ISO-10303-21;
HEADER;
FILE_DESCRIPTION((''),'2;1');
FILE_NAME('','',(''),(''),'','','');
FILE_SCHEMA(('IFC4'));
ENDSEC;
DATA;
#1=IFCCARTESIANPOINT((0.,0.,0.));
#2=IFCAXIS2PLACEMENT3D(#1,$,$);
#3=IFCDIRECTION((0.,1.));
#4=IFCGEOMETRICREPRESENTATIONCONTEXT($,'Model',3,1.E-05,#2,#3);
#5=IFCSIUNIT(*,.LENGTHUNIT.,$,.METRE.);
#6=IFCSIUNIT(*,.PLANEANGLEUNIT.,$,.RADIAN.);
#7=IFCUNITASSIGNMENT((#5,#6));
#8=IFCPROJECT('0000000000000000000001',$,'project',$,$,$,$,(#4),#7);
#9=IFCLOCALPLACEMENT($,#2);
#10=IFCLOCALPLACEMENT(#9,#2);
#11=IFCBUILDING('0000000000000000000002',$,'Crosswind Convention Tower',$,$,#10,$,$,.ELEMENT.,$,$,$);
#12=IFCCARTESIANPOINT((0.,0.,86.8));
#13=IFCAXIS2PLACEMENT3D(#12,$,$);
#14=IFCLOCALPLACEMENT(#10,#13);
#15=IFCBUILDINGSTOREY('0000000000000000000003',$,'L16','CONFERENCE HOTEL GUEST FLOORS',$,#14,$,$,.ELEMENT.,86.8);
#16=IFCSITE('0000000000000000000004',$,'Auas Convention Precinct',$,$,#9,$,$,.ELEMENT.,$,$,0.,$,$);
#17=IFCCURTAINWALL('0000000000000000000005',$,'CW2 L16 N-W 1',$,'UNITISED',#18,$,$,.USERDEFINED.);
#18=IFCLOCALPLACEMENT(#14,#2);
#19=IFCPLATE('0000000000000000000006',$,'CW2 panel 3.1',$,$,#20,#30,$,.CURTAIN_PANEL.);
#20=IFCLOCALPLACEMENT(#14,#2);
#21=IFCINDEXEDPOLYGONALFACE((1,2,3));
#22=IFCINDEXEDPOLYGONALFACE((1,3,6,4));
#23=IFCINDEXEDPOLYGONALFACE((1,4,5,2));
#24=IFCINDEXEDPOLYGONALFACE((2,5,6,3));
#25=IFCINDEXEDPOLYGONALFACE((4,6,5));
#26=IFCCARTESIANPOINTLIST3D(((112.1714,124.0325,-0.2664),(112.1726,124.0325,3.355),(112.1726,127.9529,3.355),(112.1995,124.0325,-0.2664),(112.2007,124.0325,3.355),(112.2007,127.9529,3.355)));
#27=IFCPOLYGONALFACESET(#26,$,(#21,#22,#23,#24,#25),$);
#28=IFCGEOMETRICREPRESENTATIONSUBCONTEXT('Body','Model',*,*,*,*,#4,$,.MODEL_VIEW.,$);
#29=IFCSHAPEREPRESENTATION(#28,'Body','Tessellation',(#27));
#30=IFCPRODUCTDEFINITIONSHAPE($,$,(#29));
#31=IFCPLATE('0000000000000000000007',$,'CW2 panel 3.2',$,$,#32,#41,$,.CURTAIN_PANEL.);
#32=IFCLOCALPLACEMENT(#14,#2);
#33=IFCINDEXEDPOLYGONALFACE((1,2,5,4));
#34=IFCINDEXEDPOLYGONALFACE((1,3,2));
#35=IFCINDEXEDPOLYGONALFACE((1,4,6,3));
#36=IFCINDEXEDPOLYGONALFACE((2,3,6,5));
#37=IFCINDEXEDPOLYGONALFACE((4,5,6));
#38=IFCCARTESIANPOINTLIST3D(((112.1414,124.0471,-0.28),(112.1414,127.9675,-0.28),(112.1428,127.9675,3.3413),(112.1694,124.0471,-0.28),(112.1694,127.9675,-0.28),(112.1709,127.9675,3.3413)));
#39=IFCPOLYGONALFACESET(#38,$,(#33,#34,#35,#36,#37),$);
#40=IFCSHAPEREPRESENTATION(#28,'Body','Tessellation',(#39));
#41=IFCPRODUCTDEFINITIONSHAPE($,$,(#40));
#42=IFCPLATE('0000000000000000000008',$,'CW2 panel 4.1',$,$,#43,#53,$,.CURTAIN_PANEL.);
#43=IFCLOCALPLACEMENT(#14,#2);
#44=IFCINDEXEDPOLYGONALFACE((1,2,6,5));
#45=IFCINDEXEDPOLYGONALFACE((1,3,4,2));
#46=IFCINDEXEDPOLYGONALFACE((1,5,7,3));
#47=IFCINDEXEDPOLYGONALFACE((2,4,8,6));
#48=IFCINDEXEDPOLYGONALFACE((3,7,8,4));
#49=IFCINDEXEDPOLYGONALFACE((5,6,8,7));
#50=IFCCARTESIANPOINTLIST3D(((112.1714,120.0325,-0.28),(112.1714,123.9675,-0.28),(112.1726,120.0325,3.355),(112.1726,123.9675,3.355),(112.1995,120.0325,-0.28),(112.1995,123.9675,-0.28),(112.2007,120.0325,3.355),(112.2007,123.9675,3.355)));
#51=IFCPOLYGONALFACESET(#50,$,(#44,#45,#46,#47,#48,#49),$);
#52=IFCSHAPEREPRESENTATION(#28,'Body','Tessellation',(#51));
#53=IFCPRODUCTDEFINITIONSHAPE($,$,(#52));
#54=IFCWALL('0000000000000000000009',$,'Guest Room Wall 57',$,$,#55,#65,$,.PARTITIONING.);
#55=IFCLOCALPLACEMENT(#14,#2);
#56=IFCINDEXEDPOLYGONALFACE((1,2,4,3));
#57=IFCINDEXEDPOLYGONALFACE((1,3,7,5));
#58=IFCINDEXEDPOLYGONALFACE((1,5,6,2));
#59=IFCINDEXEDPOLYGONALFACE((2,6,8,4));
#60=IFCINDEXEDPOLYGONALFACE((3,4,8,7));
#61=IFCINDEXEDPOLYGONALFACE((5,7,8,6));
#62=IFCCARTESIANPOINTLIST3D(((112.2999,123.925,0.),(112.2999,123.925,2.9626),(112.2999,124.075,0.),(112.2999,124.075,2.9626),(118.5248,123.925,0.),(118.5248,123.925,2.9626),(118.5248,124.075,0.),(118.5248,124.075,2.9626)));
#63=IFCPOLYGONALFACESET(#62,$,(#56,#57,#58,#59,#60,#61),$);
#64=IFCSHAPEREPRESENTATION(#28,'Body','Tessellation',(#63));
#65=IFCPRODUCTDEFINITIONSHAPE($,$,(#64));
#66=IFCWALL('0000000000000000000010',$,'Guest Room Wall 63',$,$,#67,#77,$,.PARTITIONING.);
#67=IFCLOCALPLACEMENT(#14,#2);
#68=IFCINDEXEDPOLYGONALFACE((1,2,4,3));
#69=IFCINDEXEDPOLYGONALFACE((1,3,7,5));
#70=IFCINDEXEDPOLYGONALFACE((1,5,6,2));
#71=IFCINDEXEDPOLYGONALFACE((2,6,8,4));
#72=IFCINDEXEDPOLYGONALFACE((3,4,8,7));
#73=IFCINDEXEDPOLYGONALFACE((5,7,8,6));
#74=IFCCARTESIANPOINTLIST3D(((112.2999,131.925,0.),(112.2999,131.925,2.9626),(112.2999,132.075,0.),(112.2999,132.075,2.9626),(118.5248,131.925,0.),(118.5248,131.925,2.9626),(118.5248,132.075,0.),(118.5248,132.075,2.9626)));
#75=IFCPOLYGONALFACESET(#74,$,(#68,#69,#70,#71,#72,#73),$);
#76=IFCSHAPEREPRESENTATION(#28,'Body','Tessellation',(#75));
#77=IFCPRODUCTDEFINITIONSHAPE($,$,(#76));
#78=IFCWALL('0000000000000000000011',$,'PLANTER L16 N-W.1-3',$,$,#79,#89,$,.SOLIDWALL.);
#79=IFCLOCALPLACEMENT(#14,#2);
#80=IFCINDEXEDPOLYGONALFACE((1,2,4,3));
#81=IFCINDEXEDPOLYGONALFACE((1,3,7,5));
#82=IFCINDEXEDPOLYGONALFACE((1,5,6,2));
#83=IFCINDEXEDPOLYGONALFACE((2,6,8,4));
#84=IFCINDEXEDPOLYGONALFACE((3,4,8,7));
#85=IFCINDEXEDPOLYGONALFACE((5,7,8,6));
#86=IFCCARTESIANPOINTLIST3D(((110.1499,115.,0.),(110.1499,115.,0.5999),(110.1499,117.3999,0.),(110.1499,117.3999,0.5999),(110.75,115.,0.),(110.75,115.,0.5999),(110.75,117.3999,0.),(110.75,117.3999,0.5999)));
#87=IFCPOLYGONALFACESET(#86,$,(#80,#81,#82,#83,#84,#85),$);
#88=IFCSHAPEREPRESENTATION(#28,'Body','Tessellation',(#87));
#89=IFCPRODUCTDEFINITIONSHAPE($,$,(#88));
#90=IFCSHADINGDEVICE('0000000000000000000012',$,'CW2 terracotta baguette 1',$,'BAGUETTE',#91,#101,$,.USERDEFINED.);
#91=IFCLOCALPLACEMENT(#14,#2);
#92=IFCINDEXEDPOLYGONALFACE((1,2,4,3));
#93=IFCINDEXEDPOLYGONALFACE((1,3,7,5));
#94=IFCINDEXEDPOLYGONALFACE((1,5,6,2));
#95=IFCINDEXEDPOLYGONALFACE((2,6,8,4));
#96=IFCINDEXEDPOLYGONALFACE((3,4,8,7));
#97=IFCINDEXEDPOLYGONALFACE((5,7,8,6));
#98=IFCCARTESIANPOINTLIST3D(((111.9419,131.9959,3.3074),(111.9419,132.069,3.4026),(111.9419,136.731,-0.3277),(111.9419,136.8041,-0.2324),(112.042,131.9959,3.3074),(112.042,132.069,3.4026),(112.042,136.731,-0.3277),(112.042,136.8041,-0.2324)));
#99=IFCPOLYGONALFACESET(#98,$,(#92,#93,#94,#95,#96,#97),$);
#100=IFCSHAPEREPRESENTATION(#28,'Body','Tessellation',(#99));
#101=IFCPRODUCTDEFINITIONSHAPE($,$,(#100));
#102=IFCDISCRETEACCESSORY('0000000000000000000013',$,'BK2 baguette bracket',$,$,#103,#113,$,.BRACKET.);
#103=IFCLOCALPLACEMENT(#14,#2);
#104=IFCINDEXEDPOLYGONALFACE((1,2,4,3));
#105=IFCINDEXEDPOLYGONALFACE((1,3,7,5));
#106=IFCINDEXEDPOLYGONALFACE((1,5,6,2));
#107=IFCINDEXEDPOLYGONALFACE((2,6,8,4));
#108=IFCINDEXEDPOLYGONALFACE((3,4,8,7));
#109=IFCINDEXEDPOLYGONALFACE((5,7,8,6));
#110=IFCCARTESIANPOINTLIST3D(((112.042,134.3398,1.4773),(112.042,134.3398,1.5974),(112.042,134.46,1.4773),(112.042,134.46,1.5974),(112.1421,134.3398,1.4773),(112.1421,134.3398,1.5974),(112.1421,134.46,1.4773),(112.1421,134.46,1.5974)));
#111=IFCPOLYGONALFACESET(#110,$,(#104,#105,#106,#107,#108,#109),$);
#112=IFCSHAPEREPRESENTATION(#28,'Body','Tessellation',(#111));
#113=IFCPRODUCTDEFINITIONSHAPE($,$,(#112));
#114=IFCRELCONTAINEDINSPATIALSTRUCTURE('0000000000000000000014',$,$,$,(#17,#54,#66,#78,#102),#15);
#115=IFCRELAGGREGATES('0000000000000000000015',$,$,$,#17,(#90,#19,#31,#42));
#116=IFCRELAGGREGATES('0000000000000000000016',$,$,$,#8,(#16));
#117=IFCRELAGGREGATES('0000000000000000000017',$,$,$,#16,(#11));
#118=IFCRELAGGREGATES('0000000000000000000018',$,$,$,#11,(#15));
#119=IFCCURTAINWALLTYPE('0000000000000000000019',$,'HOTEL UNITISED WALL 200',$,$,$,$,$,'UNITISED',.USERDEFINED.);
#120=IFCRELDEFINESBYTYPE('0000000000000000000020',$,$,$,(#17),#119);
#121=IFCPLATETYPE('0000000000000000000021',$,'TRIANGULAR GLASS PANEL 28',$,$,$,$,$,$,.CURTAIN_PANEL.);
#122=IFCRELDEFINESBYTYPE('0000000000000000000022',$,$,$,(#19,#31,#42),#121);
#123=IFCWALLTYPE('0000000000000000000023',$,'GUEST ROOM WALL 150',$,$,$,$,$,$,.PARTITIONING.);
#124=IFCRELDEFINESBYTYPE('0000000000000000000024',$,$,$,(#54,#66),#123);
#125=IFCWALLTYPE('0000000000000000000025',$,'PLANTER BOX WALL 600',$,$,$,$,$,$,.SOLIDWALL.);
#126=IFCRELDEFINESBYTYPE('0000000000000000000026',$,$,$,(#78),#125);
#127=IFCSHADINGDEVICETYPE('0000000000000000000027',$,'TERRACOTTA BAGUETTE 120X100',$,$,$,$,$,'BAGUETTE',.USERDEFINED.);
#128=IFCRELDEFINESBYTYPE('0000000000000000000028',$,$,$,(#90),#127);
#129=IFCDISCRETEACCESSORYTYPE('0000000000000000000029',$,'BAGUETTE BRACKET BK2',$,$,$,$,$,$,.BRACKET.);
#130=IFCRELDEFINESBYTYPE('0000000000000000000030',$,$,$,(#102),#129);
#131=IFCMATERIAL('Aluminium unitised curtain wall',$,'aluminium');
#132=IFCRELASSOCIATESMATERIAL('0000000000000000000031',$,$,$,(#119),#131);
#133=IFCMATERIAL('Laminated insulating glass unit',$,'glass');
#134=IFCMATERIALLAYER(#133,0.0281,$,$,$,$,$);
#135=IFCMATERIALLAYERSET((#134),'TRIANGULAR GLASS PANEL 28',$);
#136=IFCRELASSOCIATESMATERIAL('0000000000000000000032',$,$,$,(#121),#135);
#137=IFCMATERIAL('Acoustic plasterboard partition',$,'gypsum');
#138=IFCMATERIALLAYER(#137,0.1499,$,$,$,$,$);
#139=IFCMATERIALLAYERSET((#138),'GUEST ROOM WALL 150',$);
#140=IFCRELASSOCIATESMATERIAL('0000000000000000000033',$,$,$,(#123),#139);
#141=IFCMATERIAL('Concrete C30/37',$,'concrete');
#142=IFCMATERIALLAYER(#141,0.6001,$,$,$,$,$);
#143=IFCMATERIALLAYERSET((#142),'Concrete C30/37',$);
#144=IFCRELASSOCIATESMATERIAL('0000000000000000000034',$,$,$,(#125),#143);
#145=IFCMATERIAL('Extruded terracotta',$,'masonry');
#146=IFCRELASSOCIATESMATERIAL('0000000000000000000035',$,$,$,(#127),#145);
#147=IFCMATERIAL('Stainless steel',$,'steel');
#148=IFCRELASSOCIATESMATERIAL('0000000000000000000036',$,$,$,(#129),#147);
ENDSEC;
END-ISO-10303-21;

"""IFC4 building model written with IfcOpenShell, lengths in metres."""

from ifc_helpers import new_model, si_unit, direction, frame, frame_2d, origin, origin_2d, place, context, subcontext, project, spatial, polyline, rectangle, outline, extrude, material, layer, layer_set, material_profile, profile_set, type_object, element, aggregate, save


model = new_model("IFC4")

# Units and contexts
model_context = context("Model", 3, precision=1e-05, world=origin(), true_north=direction((0.0, 1.0)))
body_context = subcontext(model_context, "Body", "Model", "MODEL_VIEW")
ifc_project = project(units=[si_unit("LENGTHUNIT", "METRE"), si_unit("PLANEANGLEUNIT", "RADIAN")], contexts=[model_context])

# Site, building, storey
site_placement = place(None, origin())
site = spatial("IfcSite", under=ifc_project, at=site_placement, Name="Auas Convention Precinct", CompositionType="ELEMENT", RefElevation=0.0)
building_placement = place(site_placement, origin())
building = spatial("IfcBuilding", under=site, at=building_placement, Name="Crosswind Convention Tower", CompositionType="ELEMENT")
storey_placement = place(building_placement, frame((0.0, 0.0, 86.8)))
storey = spatial("IfcBuildingStorey", under=building, at=storey_placement, Name="L16", Description="CONFERENCE HOTEL GUEST FLOORS", CompositionType="ELEMENT", Elevation=86.8)

# Shared definitions
ifc_material_1 = material(Name="Aluminium unitised curtain wall", Category="aluminium")

# Shared definitions
curtain_wall_type_1 = type_object("IfcCurtainWallType", Name="HOTEL UNITISED WALL 200", ElementType="UNITISED", PredefinedType="USERDEFINED", material=ifc_material_1)

# Curtain wall
curtain_wall_1_placement = place(storey_placement, origin())
curtain_wall_1 = element("IfcCurtainWall", 1, at=curtain_wall_1_placement, inside=storey, type_object=curtain_wall_type_1, Name="CW2 L16 N-W 1", ObjectType="UNITISED", PredefinedType="USERDEFINED")

# Plates
ifc_material_2 = material(Name="Laminated insulating glass unit", Category="glass")
ifc_layer_1 = layer(ifc_material_2, 0.0281)
ifc_layer_set_1 = layer_set([ifc_layer_1], Name="TRIANGULAR GLASS PANEL 28")
plate_type_1 = type_object("IfcPlateType", Name="TRIANGULAR GLASS PANEL 28", PredefinedType="CURTAIN_PANEL", material=ifc_layer_set_1)
plate_1_placement = place(storey_placement, frame((112.1726, 124.0325, 3.355), z_axis=(-1.0, 0.0, 0.000337), x_axis=(0.0, 1.0, 0.0)))
plate_1 = element("IfcPlate", 2, at=plate_1_placement, type_object=plate_type_1, Name="CW2 panel 3.1", PredefinedType="CURTAIN_PANEL", context=body_context, shape_type="SweptSolid", body=[
    extrude(outline(polyline([(0.0, 0.0), (3.9204, 0.0), (0.0, 3.6213), (0.0, 0.0)])), origin(), (0.0, 0.0, -1.0), 0.0281),
])
plate_2_placement = place(storey_placement, frame((112.1414, 127.9675, -0.28), z_axis=(-1.0, 0.0, 0.000405), x_axis=(0.0, -1.0, 0.0)))
plate_2 = element("IfcPlate", 3, at=plate_2_placement, type_object=plate_type_1, Name="CW2 panel 3.2", PredefinedType="CURTAIN_PANEL", context=body_context, shape_type="SweptSolid", body=[
    extrude(outline(polyline([(0.0, 0.0), (3.9204, 0.0), (0.0, 3.6213), (0.0, 0.0)])), origin(), (0.0, 0.0, -1.0), 0.0281),
])
plate_3_placement = place(storey_placement, frame((112.1714, 123.9675, -0.28), z_axis=(-1.0, 0.0, 0.000336), x_axis=(0.0, -1.0, 0.0)))
plate_3 = element("IfcPlate", 4, at=plate_3_placement, type_object=plate_type_1, Name="CW2 panel 4.1", PredefinedType="CURTAIN_PANEL", context=body_context, shape_type="SweptSolid", body=[
    extrude(outline(polyline([(0.0, 0.0), (3.9351, 0.0), (3.9351, 3.635), (0.0, 3.635), (0.0, 0.0)])), origin(), (0.0, 0.0, -1.0), 0.0281),
])

# Walls
ifc_material_3 = material(Name="Acoustic plasterboard partition", Category="gypsum")
ifc_layer_2 = layer(ifc_material_3, 0.1499)
ifc_layer_set_2 = layer_set([ifc_layer_2], Name="GUEST ROOM WALL 150")
wall_type_1 = type_object("IfcWallType", Name="GUEST ROOM WALL 150", PredefinedType="PARTITIONING", material=ifc_layer_set_2)
for number, where, z_axis, x_axis, name in (
    (5, (112.3, 124.0, 0.0), (0.0, 0.0, 1.0), (1.0, 0.0, 0.0), "Guest Room Wall 57"),
    (6, (112.3, 132.0, 0.0), (0.0, 0.0, 1.0), (1.0, 0.0, 0.0), "Guest Room Wall 63"),
):
    element("IfcWall", number, at=place(storey_placement, frame(where, z_axis=z_axis, x_axis=x_axis)), inside=storey, type_object=wall_type_1, Name=name, PredefinedType="PARTITIONING", context=body_context, shape_type="SweptSolid", body=[
        extrude(rectangle(XDim=6.2249, YDim=0.1499, at=frame_2d((3.1123, 0.0))), origin(), (0.0, 0.0, 1.0), 2.9626),
    ])
ifc_material_4 = material(Name="Concrete C30/37", Category="concrete")
ifc_layer_3 = layer(ifc_material_4, 0.6001)
ifc_layer_set_3 = layer_set([ifc_layer_3], Name="Concrete C30/37")
wall_type_2 = type_object("IfcWallType", Name="PLANTER BOX WALL 600", PredefinedType="SOLIDWALL", material=ifc_layer_set_3)
wall_1_placement = place(storey_placement, frame((110.45, 117.3999, 0.0), z_axis=(0.0, 0.0, 1.0), x_axis=(0.0, -1.0, 0.0)))
element("IfcWall", 7, at=wall_1_placement, inside=storey, type_object=wall_type_2, Name="PLANTER L16 N-W.1-3", PredefinedType="SOLIDWALL", context=body_context, shape_type="SweptSolid", body=[
    extrude(rectangle(XDim=2.3999, YDim=0.6001, at=frame_2d((1.2, 0.0))), origin(), (0.0, 0.0, 1.0), 0.5999),
])

# Shading device
ifc_material_5 = material(Name="Extruded terracotta", Category="masonry")
ifc_material_profile_1 = material_profile(ifc_material_5, rectangle(XDim=0.1001, YDim=0.1201, at=origin_2d()), Name="TC 100X120")
ifc_profile_set_1 = profile_set([ifc_material_profile_1], Name="Extruded terracotta")
shading_device_type = type_object("IfcShadingDeviceType", Name="TERRACOTTA BAGUETTE 120X100", ElementType="BAGUETTE", PredefinedType="USERDEFINED", material=ifc_profile_set_1)
shading_device_placement = place(storey_placement, frame((111.9919, 136.7676, -0.28), z_axis=(0.0, -0.793221, 0.608934), x_axis=(1.0, 0.0, 0.0)))
shading_device = element("IfcShadingDevice", 8, at=shading_device_placement, type_object=shading_device_type, Name="CW2 terracotta baguette 1", ObjectType="BAGUETTE", PredefinedType="USERDEFINED", context=body_context, shape_type="SweptSolid", body=[
    extrude(rectangle(XDim=0.1001, YDim=0.1201, at=origin_2d()), origin(), (0.0, 0.0, 1.0), 5.9695),
])
aggregate(curtain_wall_1, [shading_device, plate_1, plate_2, plate_3])

# Discrete accessory
ifc_material_6 = material(Name="Stainless steel", Category="steel")
discrete_accessory_type = type_object("IfcDiscreteAccessoryType", Name="BAGUETTE BRACKET BK2", PredefinedType="BRACKET", material=ifc_material_6)
discrete_accessory_placement = place(storey_placement, frame((112.092, 134.3999, 1.4773), z_axis=(0.0, 0.0, 1.0), x_axis=(0.0, -1.0, 0.0)))
element("IfcDiscreteAccessory", 9, at=discrete_accessory_placement, inside=storey, type_object=discrete_accessory_type, Name="BK2 baguette bracket", PredefinedType="BRACKET", context=body_context, shape_type="SweptSolid", body=[
    extrude(rectangle(XDim=0.1201, YDim=0.1001, at=origin_2d()), origin(), (0.0, 0.0, 1.0), 0.1201),
])

save(model, "model.ifc")
